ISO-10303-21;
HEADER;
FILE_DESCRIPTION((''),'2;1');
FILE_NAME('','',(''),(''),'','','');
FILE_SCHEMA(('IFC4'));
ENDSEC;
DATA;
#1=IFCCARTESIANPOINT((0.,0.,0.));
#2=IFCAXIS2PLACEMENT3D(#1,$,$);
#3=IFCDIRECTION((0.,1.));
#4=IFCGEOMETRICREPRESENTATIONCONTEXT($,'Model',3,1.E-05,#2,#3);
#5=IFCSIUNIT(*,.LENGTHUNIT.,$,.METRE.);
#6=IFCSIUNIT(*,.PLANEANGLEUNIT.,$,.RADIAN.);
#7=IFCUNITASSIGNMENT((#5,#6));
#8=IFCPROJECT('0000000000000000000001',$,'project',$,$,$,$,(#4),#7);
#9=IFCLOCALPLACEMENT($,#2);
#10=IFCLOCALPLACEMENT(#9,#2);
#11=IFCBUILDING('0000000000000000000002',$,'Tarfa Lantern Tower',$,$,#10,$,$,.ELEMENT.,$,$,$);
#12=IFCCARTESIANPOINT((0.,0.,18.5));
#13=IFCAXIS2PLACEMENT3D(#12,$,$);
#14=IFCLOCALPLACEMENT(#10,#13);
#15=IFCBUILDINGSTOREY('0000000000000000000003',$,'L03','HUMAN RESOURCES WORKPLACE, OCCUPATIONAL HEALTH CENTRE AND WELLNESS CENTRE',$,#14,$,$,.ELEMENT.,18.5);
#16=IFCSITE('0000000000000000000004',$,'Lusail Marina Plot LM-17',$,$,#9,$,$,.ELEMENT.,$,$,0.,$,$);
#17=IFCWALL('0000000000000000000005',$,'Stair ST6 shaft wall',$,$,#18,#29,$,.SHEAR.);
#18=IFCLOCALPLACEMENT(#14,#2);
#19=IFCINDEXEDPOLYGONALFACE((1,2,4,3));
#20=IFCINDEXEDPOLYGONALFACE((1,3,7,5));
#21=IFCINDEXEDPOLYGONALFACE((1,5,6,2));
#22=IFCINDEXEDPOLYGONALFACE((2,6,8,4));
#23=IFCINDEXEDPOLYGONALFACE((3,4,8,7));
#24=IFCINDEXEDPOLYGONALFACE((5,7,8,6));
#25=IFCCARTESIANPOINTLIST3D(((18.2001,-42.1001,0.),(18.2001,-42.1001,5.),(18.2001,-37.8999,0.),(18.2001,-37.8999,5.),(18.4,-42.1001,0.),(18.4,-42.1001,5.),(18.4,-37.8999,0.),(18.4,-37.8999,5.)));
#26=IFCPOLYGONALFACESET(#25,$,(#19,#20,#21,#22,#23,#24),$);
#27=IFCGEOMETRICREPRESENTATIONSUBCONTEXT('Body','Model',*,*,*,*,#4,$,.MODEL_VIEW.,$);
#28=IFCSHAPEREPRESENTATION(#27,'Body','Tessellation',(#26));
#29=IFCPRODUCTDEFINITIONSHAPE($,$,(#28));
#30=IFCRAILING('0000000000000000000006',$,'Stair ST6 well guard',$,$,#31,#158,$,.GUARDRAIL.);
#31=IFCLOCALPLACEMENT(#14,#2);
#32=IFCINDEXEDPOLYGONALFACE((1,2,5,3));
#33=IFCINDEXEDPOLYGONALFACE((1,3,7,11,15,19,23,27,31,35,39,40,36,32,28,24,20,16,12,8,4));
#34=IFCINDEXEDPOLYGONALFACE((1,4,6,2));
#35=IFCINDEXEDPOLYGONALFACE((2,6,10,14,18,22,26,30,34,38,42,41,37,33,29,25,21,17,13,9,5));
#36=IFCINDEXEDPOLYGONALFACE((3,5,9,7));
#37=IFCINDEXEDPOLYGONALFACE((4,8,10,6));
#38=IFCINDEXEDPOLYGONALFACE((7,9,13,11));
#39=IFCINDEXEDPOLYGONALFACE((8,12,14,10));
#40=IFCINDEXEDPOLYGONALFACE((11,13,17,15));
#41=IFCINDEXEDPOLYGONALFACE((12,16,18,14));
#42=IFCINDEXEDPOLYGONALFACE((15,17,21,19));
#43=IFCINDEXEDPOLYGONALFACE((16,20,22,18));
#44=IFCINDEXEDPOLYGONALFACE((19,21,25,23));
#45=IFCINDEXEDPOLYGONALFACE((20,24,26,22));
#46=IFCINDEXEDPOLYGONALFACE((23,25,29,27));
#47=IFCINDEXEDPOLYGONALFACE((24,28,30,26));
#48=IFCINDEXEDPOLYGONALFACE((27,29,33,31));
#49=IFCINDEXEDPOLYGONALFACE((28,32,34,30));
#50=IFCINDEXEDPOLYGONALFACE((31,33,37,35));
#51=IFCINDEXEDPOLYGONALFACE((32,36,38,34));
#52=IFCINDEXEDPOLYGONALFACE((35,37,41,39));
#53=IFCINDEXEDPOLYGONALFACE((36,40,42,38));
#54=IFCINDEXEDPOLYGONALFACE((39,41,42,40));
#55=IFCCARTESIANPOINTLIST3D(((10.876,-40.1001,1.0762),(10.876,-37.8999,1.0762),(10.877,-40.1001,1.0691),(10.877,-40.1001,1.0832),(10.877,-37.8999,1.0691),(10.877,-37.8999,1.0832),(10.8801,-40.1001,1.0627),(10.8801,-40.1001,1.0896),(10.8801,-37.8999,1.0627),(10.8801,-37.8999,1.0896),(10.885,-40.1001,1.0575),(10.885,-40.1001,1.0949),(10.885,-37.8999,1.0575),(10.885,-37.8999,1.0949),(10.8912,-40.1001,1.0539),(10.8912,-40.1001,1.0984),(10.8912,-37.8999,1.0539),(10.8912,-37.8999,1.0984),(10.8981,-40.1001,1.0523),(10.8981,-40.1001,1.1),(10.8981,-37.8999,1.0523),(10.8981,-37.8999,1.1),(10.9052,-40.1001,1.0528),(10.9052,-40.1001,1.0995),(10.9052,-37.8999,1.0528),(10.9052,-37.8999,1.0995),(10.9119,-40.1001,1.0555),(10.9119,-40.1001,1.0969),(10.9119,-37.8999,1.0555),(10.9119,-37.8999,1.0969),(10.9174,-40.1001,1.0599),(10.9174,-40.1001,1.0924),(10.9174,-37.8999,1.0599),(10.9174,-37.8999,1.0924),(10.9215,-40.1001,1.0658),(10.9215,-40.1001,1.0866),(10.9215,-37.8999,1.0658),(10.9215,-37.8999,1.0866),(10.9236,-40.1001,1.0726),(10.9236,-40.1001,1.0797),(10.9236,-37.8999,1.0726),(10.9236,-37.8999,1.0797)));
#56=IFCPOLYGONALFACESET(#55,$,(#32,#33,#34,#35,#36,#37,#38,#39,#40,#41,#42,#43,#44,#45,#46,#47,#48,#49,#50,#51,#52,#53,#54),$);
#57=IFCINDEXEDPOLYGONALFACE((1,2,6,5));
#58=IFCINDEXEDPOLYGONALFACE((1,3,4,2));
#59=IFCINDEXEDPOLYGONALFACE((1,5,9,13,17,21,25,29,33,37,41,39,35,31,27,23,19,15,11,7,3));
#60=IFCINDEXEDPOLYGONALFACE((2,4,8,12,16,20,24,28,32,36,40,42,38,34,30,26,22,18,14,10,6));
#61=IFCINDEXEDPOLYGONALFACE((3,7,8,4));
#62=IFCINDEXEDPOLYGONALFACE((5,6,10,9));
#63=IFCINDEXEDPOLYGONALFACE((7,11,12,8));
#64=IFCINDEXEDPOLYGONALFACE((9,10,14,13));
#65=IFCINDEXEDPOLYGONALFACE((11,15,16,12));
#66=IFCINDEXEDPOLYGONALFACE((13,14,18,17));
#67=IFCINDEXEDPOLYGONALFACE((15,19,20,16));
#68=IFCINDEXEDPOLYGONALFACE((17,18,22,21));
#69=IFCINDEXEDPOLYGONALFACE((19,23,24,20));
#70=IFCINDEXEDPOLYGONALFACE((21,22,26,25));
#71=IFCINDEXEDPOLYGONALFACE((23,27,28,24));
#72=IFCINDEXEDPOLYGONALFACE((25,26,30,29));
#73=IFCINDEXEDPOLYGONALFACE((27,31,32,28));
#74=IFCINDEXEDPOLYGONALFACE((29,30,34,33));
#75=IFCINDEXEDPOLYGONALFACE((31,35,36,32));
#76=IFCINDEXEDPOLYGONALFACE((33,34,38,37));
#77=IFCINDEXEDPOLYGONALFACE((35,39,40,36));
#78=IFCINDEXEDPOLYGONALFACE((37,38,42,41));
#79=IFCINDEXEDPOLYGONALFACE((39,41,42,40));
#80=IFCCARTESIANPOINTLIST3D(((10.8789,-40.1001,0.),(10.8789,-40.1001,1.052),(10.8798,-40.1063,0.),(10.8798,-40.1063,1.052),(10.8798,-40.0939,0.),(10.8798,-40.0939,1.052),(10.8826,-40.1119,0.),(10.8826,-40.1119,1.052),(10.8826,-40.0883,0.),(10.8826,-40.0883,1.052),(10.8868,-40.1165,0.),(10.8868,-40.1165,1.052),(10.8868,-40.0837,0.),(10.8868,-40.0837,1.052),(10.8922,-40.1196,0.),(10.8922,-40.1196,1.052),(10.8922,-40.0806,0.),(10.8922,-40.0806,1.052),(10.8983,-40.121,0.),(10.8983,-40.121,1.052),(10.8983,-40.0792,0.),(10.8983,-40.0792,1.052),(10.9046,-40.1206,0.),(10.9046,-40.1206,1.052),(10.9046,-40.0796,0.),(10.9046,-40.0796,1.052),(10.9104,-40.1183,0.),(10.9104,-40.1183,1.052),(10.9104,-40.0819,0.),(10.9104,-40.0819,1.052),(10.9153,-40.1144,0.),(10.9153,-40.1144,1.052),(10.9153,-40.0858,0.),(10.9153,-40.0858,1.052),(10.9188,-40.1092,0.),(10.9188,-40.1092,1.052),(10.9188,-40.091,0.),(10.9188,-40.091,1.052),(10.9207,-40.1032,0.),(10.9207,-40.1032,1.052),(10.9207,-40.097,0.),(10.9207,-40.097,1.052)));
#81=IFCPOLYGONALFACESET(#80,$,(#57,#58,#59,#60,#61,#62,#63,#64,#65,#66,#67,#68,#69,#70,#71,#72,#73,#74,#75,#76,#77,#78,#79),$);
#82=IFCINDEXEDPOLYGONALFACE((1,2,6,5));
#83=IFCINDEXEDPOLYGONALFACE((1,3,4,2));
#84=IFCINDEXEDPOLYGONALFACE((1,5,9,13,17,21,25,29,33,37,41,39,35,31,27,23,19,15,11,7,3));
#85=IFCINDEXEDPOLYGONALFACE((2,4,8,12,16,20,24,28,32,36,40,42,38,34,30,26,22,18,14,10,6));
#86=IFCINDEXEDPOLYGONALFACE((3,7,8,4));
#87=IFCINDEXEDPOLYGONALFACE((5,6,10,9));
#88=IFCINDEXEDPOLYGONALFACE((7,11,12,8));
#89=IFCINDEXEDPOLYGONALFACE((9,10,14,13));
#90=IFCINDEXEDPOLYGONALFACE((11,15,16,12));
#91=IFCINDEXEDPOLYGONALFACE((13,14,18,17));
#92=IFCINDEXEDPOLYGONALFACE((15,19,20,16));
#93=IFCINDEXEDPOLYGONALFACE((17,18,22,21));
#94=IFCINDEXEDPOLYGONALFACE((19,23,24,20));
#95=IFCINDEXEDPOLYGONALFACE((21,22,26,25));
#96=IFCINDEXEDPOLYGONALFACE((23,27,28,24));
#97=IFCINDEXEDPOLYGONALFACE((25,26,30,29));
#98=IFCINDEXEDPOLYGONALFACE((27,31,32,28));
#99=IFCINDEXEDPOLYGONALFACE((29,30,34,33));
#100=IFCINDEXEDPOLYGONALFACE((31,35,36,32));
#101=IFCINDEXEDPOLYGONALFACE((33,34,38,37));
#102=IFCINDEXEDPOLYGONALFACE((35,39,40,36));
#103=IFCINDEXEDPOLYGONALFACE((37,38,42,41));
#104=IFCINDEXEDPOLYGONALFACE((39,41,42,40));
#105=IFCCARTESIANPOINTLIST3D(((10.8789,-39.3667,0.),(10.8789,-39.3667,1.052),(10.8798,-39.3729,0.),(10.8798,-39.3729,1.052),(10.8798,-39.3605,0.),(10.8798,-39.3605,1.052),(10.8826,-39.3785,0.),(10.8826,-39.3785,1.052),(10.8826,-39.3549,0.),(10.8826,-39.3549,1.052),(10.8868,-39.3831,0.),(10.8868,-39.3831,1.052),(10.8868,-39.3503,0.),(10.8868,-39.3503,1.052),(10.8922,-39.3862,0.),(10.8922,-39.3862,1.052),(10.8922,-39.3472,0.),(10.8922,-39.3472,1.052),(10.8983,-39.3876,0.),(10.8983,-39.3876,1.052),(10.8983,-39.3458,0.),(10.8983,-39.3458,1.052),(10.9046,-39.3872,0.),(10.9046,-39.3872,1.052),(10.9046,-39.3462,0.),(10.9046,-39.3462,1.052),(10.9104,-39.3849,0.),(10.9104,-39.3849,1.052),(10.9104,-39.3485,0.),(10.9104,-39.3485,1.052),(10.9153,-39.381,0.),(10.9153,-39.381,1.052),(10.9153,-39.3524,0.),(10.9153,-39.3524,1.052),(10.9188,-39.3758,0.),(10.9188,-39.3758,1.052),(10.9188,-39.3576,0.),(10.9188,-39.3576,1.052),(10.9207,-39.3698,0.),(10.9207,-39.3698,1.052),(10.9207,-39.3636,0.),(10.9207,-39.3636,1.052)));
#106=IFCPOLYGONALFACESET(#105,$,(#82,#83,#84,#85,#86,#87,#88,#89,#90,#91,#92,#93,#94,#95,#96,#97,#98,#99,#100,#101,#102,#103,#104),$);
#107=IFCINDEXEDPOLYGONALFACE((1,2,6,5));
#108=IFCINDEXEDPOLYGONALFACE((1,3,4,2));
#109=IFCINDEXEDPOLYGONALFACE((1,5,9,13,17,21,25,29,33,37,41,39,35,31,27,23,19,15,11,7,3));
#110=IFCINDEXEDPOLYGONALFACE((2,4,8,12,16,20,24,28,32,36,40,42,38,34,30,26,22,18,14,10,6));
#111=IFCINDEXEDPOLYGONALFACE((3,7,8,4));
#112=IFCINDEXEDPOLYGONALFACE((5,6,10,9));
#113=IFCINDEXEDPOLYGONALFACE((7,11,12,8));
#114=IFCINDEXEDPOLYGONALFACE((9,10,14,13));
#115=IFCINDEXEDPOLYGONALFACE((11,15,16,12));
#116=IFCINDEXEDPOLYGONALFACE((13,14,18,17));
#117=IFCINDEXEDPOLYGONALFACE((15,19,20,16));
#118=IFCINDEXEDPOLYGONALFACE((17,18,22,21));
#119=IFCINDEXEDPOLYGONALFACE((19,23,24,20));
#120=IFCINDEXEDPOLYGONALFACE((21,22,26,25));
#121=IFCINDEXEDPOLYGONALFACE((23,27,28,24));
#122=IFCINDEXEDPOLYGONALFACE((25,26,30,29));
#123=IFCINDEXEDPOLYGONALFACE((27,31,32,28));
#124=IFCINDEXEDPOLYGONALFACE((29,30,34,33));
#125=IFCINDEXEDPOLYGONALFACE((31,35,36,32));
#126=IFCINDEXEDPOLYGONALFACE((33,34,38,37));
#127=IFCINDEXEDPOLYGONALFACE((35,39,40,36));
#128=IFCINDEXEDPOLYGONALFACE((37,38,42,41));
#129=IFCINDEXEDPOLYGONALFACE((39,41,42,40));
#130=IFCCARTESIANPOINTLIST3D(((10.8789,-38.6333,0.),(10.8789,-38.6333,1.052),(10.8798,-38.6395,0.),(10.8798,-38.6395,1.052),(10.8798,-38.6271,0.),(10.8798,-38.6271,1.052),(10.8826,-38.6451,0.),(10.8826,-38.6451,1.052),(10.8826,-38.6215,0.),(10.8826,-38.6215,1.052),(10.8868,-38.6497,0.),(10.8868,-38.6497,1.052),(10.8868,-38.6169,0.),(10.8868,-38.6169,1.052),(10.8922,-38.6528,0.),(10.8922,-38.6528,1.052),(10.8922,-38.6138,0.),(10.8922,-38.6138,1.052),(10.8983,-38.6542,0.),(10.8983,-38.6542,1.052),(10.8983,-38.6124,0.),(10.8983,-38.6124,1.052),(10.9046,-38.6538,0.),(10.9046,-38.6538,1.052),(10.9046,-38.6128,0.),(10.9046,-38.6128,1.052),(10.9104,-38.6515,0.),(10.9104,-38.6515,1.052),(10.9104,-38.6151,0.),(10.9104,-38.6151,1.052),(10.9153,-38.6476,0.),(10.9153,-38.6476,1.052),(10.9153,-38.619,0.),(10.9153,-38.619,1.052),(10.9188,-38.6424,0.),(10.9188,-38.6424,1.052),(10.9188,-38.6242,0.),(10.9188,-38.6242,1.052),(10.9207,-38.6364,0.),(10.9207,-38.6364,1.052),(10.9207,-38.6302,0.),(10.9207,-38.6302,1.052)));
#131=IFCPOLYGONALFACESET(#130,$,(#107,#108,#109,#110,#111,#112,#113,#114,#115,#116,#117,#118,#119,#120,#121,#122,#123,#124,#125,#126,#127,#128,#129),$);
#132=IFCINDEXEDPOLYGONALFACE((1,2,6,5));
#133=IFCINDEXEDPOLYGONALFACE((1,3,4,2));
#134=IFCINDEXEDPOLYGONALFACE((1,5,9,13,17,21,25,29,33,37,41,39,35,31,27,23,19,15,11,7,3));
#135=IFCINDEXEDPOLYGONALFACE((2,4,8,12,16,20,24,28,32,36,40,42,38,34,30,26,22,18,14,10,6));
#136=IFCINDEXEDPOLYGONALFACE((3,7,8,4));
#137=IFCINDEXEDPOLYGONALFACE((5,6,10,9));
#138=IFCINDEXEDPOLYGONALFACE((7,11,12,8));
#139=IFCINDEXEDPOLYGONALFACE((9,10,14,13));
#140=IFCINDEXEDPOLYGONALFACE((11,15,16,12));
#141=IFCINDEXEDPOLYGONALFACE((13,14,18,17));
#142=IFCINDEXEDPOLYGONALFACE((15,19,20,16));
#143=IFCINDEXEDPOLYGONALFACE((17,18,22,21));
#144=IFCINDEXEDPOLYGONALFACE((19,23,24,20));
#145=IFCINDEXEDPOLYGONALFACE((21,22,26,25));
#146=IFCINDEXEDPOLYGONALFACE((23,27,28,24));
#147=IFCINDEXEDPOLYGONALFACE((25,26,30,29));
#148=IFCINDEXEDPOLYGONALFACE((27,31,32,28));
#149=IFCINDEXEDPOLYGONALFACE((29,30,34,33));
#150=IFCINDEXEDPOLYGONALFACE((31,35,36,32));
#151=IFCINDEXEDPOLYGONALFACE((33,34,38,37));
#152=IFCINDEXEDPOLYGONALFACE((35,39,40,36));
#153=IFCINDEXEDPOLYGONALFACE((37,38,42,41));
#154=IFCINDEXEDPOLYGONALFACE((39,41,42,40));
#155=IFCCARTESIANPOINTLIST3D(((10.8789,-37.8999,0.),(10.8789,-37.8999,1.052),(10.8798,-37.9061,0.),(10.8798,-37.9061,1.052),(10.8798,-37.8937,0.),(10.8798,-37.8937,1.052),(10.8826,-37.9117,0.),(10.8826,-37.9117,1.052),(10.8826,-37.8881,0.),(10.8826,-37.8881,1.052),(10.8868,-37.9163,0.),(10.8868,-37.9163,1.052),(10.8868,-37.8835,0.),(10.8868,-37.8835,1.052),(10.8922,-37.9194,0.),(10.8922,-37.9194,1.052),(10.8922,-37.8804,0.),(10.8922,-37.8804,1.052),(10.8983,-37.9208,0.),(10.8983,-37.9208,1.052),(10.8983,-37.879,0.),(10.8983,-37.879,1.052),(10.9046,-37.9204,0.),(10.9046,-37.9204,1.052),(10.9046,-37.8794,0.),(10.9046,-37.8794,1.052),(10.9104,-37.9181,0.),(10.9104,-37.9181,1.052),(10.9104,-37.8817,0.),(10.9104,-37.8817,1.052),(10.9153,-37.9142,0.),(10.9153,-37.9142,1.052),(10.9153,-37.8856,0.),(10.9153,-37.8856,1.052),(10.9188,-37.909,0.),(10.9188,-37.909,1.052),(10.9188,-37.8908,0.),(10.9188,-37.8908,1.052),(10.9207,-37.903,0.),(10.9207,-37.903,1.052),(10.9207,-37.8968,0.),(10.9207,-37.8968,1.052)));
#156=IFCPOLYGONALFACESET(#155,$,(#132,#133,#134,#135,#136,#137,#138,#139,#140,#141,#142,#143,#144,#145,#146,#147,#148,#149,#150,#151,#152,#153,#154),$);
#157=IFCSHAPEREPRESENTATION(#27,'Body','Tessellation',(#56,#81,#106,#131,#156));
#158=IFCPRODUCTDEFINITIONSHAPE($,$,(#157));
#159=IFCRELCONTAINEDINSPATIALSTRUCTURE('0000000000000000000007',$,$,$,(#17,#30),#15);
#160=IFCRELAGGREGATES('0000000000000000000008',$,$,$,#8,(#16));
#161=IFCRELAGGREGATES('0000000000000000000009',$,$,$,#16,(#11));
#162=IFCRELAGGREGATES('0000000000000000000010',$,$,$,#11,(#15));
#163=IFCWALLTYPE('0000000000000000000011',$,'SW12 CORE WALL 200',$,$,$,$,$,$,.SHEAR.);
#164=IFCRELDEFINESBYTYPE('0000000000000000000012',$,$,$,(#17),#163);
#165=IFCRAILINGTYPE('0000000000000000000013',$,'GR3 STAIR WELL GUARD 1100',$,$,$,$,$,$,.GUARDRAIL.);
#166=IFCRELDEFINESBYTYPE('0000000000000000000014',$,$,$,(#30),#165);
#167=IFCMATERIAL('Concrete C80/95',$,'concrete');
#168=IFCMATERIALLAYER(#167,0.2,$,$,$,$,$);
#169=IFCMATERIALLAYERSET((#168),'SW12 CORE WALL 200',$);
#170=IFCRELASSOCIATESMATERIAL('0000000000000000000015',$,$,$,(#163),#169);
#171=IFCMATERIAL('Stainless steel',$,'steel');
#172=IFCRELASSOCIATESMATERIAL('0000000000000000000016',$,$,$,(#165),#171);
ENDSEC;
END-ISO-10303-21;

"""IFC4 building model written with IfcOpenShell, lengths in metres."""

from ifc_helpers import new_model, si_unit, direction, frame, frame_2d, origin, origin_2d, place, context, subcontext, project, spatial, rectangle, circle, extrude, material, layer, layer_set, type_object, element, save


model = new_model("IFC4")

# Units and contexts
model_context = context("Model", 3, precision=1e-05, world=origin(), true_north=direction((0.0, 1.0)))
body_context = subcontext(model_context, "Body", "Model", "MODEL_VIEW")
ifc_project = project(units=[si_unit("LENGTHUNIT", "METRE"), si_unit("PLANEANGLEUNIT", "RADIAN")], contexts=[model_context])

# Site, building, storey
site_placement = place(None, origin())
site = spatial("IfcSite", under=ifc_project, at=site_placement, Name="Lusail Marina Plot LM-17", CompositionType="ELEMENT", RefElevation=0.0)
building_placement = place(site_placement, origin())
building = spatial("IfcBuilding", under=site, at=building_placement, Name="Tarfa Lantern Tower", CompositionType="ELEMENT")
storey_placement = place(building_placement, frame((0.0, 0.0, 18.5)))
storey = spatial("IfcBuildingStorey", under=building, at=storey_placement, Name="L03", Description="HUMAN RESOURCES WORKPLACE, OCCUPATIONAL HEALTH CENTRE AND WELLNESS CENTRE", CompositionType="ELEMENT", Elevation=18.5)

# Shared definitions
ifc_material_1 = material(Name="Concrete C80/95", Category="concrete")

# Shared definitions
ifc_layer_1 = layer(ifc_material_1, 0.2)
ifc_layer_set_1 = layer_set([ifc_layer_1], Name="SW12 CORE WALL 200")
wall_type_1 = type_object("IfcWallType", Name="SW12 CORE WALL 200", PredefinedType="SHEAR", material=ifc_layer_set_1)

# Wall
for number, where, z_axis, x_axis, name in (
    (1, (18.3, -42.1001, 0.0), (0.0, 0.0, 1.0), (0.0, 1.0, 0.0), "Stair ST6 shaft wall"),
):
    element("IfcWall", number, at=place(storey_placement, frame(where, z_axis=z_axis, x_axis=x_axis)), inside=storey, type_object=wall_type_1, Name=name, PredefinedType="SHEAR", context=body_context, shape_type="SweptSolid", body=[
        extrude(rectangle(XDim=4.2002, YDim=0.2, at=frame_2d((2.1001, 0.0))), origin(), (0.0, 0.0, 1.0), 5.0),
    ])

# Railing
ifc_material_2 = material(Name="Stainless steel", Category="steel")
railing_type = type_object("IfcRailingType", Name="GR3 STAIR WELL GUARD 1100", PredefinedType="GUARDRAIL", material=ifc_material_2)
railing_placement = place(storey_placement, frame((10.8999, -40.1001, 0.0)))
element("IfcRailing", 2, at=railing_placement, inside=storey, type_object=railing_type, Name="Stair ST6 well guard", PredefinedType="GUARDRAIL", context=body_context, shape_type="SweptSolid", body=[
    extrude(circle(Radius=0.0239, at=origin_2d()), frame((0.0, 0.0, 1.0762), z_axis=(0.0, 1.0, 0.0), x_axis=(-1.0, 0.0, 0.0)), (0.0, 0.0, 1.0), 2.2002),
    extrude(circle(Radius=0.021, at=origin_2d()), frame((0.0, 0.0, 0.0), z_axis=(0.0, 0.0, 1.0), x_axis=(-1.0, 0.0, 0.0)), (0.0, 0.0, 1.0), 1.052),
    extrude(circle(Radius=0.021, at=origin_2d()), frame((0.0, 0.7334, 0.0), z_axis=(0.0, 0.0, 1.0), x_axis=(-1.0, 0.0, 0.0)), (0.0, 0.0, 1.0), 1.052),
    extrude(circle(Radius=0.021, at=origin_2d()), frame((0.0, 1.4668, 0.0), z_axis=(0.0, 0.0, 1.0), x_axis=(-1.0, 0.0, 0.0)), (0.0, 0.0, 1.0), 1.052),
    extrude(circle(Radius=0.021, at=origin_2d()), frame((0.0, 2.2002, 0.0), z_axis=(0.0, 0.0, 1.0), x_axis=(-1.0, 0.0, 0.0)), (0.0, 0.0, 1.0), 1.052),
])

save(model, "model.ifc")
